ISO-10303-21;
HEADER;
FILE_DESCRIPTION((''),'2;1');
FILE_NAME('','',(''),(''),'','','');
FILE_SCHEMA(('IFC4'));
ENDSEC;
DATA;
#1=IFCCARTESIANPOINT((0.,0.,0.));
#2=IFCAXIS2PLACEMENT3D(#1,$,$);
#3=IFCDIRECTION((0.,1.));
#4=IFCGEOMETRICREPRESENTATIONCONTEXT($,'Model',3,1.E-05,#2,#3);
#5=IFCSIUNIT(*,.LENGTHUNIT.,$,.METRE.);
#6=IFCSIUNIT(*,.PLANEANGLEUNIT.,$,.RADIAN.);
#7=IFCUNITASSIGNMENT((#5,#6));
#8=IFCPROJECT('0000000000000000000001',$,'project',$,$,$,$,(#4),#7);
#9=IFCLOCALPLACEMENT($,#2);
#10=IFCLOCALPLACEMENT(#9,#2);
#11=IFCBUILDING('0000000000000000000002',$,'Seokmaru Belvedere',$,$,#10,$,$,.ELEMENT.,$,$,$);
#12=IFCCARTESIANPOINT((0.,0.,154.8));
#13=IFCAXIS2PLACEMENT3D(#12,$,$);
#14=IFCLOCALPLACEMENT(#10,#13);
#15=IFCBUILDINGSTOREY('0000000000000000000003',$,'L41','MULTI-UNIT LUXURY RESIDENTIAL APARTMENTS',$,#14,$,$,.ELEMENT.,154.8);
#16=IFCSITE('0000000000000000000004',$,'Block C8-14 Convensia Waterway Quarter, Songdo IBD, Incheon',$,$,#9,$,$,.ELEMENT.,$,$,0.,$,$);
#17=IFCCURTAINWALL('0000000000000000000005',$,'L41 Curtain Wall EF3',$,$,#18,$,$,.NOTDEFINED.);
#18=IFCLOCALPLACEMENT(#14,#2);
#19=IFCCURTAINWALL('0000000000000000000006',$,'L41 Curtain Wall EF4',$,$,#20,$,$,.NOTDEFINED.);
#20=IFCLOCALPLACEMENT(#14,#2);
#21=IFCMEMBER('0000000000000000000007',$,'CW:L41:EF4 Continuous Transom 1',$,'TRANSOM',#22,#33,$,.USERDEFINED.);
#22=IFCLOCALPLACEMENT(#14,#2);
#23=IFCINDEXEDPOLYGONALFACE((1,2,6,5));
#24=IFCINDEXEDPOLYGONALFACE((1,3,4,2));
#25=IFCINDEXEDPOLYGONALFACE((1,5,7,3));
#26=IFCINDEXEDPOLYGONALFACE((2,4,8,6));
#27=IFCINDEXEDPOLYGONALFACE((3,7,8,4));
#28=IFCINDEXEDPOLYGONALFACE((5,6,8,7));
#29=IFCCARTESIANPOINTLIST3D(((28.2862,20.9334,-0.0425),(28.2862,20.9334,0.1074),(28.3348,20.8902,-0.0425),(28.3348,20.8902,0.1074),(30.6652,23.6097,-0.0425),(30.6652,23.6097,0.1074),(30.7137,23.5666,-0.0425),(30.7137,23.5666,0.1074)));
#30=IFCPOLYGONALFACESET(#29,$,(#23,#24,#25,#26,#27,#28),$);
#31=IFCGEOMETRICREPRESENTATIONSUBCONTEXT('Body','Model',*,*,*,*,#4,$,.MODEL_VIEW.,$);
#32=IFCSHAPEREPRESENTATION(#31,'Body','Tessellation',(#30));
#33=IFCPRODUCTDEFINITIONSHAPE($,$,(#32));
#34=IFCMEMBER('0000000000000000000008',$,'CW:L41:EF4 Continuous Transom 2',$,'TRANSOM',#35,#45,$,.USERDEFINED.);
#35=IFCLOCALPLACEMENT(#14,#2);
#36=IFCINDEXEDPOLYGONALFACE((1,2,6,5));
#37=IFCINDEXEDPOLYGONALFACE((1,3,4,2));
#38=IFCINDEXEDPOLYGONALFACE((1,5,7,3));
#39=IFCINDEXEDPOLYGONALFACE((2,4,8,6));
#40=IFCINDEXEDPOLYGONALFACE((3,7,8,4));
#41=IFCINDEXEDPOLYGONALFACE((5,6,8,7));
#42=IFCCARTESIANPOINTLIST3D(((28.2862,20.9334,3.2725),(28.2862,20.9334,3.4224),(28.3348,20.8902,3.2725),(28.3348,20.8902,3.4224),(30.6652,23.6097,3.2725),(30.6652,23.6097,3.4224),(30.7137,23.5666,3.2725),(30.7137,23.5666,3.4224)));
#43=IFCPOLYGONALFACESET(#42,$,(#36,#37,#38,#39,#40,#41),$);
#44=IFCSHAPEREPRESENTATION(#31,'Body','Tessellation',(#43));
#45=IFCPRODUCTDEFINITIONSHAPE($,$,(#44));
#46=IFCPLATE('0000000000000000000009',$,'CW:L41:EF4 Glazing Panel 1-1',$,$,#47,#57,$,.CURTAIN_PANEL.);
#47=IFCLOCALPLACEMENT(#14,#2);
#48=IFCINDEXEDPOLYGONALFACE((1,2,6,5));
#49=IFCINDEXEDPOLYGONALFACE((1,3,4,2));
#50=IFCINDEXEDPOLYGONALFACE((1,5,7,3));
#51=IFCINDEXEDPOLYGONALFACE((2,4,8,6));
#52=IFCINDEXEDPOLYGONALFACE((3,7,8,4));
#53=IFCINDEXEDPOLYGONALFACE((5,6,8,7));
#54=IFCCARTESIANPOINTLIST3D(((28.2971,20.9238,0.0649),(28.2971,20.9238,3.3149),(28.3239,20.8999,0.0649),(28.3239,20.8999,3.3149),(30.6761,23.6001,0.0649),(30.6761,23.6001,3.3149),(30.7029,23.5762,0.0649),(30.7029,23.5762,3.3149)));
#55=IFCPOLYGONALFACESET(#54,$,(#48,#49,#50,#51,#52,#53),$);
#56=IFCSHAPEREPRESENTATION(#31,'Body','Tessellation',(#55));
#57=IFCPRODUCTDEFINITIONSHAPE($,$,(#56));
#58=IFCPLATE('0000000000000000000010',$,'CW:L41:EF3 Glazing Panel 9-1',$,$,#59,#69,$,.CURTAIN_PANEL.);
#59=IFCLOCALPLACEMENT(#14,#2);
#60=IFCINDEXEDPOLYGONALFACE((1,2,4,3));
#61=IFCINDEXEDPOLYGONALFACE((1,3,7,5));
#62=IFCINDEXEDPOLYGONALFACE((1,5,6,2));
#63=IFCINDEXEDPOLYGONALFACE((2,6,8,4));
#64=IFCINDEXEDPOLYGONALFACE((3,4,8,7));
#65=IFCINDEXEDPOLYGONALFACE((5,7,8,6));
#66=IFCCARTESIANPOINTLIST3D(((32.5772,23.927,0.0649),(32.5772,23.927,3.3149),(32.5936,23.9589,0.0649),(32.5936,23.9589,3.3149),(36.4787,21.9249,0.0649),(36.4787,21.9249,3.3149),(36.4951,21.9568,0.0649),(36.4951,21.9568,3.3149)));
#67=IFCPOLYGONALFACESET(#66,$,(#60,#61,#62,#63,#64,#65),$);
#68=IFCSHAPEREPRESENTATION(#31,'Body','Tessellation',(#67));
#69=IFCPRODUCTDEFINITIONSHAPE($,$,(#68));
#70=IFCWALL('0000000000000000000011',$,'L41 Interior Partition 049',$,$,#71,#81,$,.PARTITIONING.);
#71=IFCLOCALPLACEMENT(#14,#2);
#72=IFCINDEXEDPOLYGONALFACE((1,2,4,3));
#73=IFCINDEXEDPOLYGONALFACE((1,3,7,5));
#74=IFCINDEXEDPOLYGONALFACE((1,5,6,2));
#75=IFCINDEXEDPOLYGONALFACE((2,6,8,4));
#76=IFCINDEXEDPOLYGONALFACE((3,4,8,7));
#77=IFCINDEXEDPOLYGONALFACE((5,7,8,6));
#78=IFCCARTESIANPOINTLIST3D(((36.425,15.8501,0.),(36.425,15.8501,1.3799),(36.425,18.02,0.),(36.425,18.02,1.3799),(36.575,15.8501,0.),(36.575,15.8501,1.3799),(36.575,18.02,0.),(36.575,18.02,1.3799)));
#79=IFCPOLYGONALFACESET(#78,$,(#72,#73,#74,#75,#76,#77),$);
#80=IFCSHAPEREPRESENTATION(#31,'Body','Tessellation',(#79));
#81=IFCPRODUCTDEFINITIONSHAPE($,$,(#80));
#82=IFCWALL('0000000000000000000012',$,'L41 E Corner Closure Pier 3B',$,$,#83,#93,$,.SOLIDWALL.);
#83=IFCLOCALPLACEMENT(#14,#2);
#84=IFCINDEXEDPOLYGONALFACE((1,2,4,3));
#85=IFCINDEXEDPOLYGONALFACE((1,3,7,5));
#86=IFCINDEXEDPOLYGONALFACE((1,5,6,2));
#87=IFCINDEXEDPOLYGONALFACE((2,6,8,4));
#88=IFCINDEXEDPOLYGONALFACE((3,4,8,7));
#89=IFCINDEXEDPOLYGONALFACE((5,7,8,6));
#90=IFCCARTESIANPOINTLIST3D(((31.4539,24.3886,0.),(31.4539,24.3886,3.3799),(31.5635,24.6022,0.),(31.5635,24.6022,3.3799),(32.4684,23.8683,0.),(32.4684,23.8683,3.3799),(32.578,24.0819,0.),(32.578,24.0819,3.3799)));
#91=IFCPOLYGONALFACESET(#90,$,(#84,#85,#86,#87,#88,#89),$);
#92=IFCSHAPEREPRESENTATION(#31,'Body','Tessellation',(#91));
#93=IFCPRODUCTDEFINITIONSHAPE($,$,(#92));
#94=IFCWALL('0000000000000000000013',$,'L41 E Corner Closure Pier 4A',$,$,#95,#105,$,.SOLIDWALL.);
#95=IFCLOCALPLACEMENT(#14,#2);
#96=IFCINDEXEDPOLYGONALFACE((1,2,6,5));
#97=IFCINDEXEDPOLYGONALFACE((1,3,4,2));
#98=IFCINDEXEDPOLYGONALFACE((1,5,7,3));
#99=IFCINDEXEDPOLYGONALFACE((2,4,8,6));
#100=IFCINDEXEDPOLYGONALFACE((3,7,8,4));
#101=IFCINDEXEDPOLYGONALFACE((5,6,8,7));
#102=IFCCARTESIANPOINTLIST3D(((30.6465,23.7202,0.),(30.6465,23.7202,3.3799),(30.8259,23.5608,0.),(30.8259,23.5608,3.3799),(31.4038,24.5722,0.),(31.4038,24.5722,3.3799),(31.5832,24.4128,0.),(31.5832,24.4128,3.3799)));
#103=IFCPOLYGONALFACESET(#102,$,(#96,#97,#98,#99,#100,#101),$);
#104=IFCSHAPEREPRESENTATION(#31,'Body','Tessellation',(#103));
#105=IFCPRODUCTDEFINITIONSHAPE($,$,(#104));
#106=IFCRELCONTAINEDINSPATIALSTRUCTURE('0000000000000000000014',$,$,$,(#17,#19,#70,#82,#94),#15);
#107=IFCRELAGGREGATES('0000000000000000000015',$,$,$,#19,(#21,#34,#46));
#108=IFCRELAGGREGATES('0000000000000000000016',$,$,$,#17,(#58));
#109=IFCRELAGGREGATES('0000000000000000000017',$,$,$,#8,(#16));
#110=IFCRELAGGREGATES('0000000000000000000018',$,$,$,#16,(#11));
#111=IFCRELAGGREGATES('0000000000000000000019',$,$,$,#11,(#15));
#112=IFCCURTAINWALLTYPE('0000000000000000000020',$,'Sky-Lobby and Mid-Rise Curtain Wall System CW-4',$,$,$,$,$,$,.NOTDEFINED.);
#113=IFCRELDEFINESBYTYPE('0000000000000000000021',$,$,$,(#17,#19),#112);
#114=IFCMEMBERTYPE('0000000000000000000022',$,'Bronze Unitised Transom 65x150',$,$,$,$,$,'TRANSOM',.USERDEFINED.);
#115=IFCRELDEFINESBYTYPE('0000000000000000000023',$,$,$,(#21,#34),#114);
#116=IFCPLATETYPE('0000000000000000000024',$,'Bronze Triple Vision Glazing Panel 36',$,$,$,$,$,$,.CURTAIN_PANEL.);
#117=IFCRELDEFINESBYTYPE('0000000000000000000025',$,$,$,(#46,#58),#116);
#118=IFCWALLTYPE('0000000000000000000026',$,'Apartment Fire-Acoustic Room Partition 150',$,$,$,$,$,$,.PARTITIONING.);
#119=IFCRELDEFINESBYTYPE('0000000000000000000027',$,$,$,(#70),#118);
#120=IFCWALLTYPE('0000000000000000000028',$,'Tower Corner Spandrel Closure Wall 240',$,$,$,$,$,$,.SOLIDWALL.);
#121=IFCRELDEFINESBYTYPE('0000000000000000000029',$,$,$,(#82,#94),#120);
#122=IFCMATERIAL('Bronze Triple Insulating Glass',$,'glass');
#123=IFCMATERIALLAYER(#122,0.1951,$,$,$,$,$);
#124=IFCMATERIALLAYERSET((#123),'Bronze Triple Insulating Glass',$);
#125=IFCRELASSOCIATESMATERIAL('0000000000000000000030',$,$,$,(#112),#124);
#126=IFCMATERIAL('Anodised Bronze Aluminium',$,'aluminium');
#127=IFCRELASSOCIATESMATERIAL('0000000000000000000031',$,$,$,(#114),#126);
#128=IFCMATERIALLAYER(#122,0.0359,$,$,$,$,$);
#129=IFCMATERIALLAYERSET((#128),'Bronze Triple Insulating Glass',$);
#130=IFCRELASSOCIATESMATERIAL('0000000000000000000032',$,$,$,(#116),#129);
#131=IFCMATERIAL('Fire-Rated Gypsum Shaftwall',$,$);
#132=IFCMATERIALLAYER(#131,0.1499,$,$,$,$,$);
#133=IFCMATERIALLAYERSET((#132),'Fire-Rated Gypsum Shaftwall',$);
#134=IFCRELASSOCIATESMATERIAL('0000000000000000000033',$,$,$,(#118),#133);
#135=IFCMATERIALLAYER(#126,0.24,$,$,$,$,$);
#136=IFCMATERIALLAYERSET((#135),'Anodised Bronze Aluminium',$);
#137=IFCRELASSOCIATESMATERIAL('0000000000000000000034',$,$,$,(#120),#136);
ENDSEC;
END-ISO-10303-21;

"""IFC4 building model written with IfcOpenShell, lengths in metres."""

from ifc_helpers import new_model, si_unit, direction, frame, frame_2d, origin, origin_2d, place, context, subcontext, project, spatial, rectangle, extrude, source, transform, mapped, material, layer, layer_set, material_profile, profile_set, type_object, type_shapes, element, aggregate, save


model = new_model("IFC4")

# Units and contexts
model_context = context("Model", 3, precision=1e-05, world=origin(), true_north=direction((0.0, 1.0)))
body_context = subcontext(model_context, "Body", "Model", "MODEL_VIEW")
ifc_project = project(units=[si_unit("LENGTHUNIT", "METRE"), si_unit("PLANEANGLEUNIT", "RADIAN")], contexts=[model_context])

# Site, building, storey
site_placement = place(None, origin())
site = spatial("IfcSite", under=ifc_project, at=site_placement, Name="Block C8-14 Convensia Waterway Quarter, Songdo IBD, Incheon", CompositionType="ELEMENT", RefElevation=0.0)
building_placement = place(site_placement, origin())
building = spatial("IfcBuilding", under=site, at=building_placement, Name="Seokmaru Belvedere", CompositionType="ELEMENT")
storey_placement = place(building_placement, frame((0.0, 0.0, 154.8)))
storey = spatial("IfcBuildingStorey", under=building, at=storey_placement, Name="L41", Description="MULTI-UNIT LUXURY RESIDENTIAL APARTMENTS", CompositionType="ELEMENT", Elevation=154.8)

# Curtain wall
ifc_material_1 = material(Name="Bronze Triple Insulating Glass", Category="glass")
ifc_layer_1 = layer(ifc_material_1, 0.1951)
ifc_layer_set_1 = layer_set([ifc_layer_1], Name="Bronze Triple Insulating Glass")
curtain_wall_type = type_object("IfcCurtainWallType", Name="Sky-Lobby and Mid-Rise Curtain Wall System CW-4", PredefinedType="NOTDEFINED", material=ifc_layer_set_1)
curtain_wall_1_placement = place(storey_placement, origin())
curtain_wall_1 = element("IfcCurtainWall", 1, at=curtain_wall_1_placement, inside=storey, type_object=curtain_wall_type, Name="L41 Curtain Wall EF3", PredefinedType="NOTDEFINED")
ifc_material_2 = material(Name="Anodised Bronze Aluminium", Category="aluminium")

# Curtain wall, members, plate
curtain_wall_2_placement = place(storey_placement, origin())
curtain_wall_2 = element("IfcCurtainWall", 2, at=curtain_wall_2_placement, inside=storey, type_object=curtain_wall_type, Name="L41 Curtain Wall EF4", PredefinedType="NOTDEFINED")
ifc_material_profile_1 = material_profile(ifc_material_2, rectangle(XDim=0.0649, YDim=0.1499, at=origin_2d()), Name="CW-T-65x150")
ifc_profile_set_1 = profile_set([ifc_material_profile_1], Name="Anodised Bronze Aluminium")
member_type_1 = type_object("IfcMemberType", Name="Bronze Unitised Transom 65x150", ElementType="TRANSOM", PredefinedType="USERDEFINED", material=ifc_profile_set_1)
shared_shape_1 = source(origin(), body_context, "Body", "SweptSolid", [
    extrude(rectangle(XDim=0.0649, YDim=0.1499, at=origin_2d()), origin(), (0.0, 0.0, 1.0), 3.5808),
])
type_shapes(member_type_1, [shared_shape_1])
member_1_placement = place(storey_placement, frame((30.6895, 23.5881, 0.0325), z_axis=(-0.664364, -0.747409, 0.0), x_axis=(0.747409, -0.664364, 0.0)))
member_1 = element("IfcMember", 3, at=member_1_placement, type_object=member_type_1, Name="CW:L41:EF4 Continuous Transom 1", ObjectType="TRANSOM", PredefinedType="USERDEFINED", context=body_context, shape_type="MappedRepresentation", body=[
    mapped(shared_shape_1, transform((0.0, 0.0, 0.0), scale=1.0)),
])
member_2_placement = place(storey_placement, frame((30.6895, 23.5881, 3.3474), z_axis=(-0.664364, -0.747409, 0.0), x_axis=(0.747409, -0.664364, 0.0)))
member_2 = element("IfcMember", 4, at=member_2_placement, type_object=member_type_1, Name="CW:L41:EF4 Continuous Transom 2", ObjectType="TRANSOM", PredefinedType="USERDEFINED", context=body_context, shape_type="MappedRepresentation", body=[
    mapped(shared_shape_1, transform((0.0, 0.0, 0.0), scale=1.0)),
])
ifc_layer_2 = layer(ifc_material_1, 0.0359)
ifc_layer_set_2 = layer_set([ifc_layer_2], Name="Bronze Triple Insulating Glass")
plate_type = type_object("IfcPlateType", Name="Bronze Triple Vision Glazing Panel 36", PredefinedType="CURTAIN_PANEL", material=ifc_layer_set_2)
shared_shape_2 = source(origin(), body_context, "Body", "SweptSolid", [
    extrude(rectangle(XDim=3.5808, YDim=0.0359, at=origin_2d()), origin(), (0.0, 0.0, 1.0), 3.25),
])
plate_1_placement = place(storey_placement, frame((29.5, 22.25, 0.0649), z_axis=(0.0, 0.0, 1.0), x_axis=(-0.664363, -0.74741, 0.0)))
plate_1 = element("IfcPlate", 5, at=plate_1_placement, type_object=plate_type, Name="CW:L41:EF4 Glazing Panel 1-1", PredefinedType="CURTAIN_PANEL", context=body_context, shape_type="MappedRepresentation", body=[
    mapped(shared_shape_2, transform((0.0, 0.0, 0.0), scale=1.0)),
])
aggregate(curtain_wall_2, [member_1, member_2, plate_1])

# Plate
shared_shape_3 = source(origin(), body_context, "Body", "SweptSolid", [
    extrude(rectangle(XDim=4.3853, YDim=0.0359, at=origin_2d()), origin(), (0.0, 0.0, 1.0), 3.25),
])
type_shapes(plate_type, [shared_shape_2, shared_shape_3])
plate_2_placement = place(storey_placement, frame((34.5361, 22.9419, 0.0649), z_axis=(0.0, 0.0, 1.0), x_axis=(-0.889695, 0.456555, 0.0)))
plate_2 = element("IfcPlate", 6, at=plate_2_placement, type_object=plate_type, Name="CW:L41:EF3 Glazing Panel 9-1", PredefinedType="CURTAIN_PANEL", context=body_context, shape_type="MappedRepresentation", body=[
    mapped(shared_shape_3, transform((0.0, 0.0, 0.0), scale=1.0)),
])
aggregate(curtain_wall_1, [plate_2])

# Walls
ifc_material_3 = material(Name="Fire-Rated Gypsum Shaftwall")
ifc_layer_3 = layer(ifc_material_3, 0.1499)
ifc_layer_set_3 = layer_set([ifc_layer_3], Name="Fire-Rated Gypsum Shaftwall")
wall_type_1 = type_object("IfcWallType", Name="Apartment Fire-Acoustic Room Partition 150", PredefinedType="PARTITIONING", material=ifc_layer_set_3)
wall_1_placement = place(storey_placement, frame((36.5, 15.8501, 0.0), z_axis=(0.0, 0.0, 1.0), x_axis=(0.0, 1.0, 0.0)))
element("IfcWall", 7, at=wall_1_placement, inside=storey, type_object=wall_type_1, Name="L41 Interior Partition 049", PredefinedType="PARTITIONING", context=body_context, shape_type="SweptSolid", body=[
    extrude(rectangle(XDim=2.1699, YDim=0.1499, at=frame_2d((1.085, 0.0))), origin(), (0.0, 0.0, 1.0), 1.3799),
])
ifc_layer_4 = layer(ifc_material_2, 0.24)
ifc_layer_set_4 = layer_set([ifc_layer_4], Name="Anodised Bronze Aluminium")
wall_type_2 = type_object("IfcWallType", Name="Tower Corner Spandrel Closure Wall 240", PredefinedType="SOLIDWALL", material=ifc_layer_set_4)
wall_2_placement = place(storey_placement, frame((32.5232, 23.9751, 0.0), z_axis=(0.0, 0.0, 1.0), x_axis=(-0.889797, 0.456356, 0.0)))
element("IfcWall", 8, at=wall_2_placement, inside=storey, type_object=wall_type_2, Name="L41 E Corner Closure Pier 3B", PredefinedType="SOLIDWALL", context=body_context, shape_type="SweptSolid", body=[
    extrude(rectangle(XDim=1.1401, YDim=0.24, at=frame_2d((0.5701, 0.0))), origin(), (0.0, 0.0, 1.0), 3.3799),
])
wall_3_placement = place(storey_placement, frame((31.4934, 24.4924, 0.0), z_axis=(0.0, 0.0, 1.0), x_axis=(-0.664337, -0.747433, 0.0)))
element("IfcWall", 9, at=wall_3_placement, inside=storey, type_object=wall_type_2, Name="L41 E Corner Closure Pier 4A", PredefinedType="SOLIDWALL", context=body_context, shape_type="SweptSolid", body=[
    extrude(rectangle(XDim=1.1399, YDim=0.24, at=frame_2d((0.5698, 0.0))), origin(), (0.0, 0.0, 1.0), 3.3799),
])

save(model, "model.ifc")
